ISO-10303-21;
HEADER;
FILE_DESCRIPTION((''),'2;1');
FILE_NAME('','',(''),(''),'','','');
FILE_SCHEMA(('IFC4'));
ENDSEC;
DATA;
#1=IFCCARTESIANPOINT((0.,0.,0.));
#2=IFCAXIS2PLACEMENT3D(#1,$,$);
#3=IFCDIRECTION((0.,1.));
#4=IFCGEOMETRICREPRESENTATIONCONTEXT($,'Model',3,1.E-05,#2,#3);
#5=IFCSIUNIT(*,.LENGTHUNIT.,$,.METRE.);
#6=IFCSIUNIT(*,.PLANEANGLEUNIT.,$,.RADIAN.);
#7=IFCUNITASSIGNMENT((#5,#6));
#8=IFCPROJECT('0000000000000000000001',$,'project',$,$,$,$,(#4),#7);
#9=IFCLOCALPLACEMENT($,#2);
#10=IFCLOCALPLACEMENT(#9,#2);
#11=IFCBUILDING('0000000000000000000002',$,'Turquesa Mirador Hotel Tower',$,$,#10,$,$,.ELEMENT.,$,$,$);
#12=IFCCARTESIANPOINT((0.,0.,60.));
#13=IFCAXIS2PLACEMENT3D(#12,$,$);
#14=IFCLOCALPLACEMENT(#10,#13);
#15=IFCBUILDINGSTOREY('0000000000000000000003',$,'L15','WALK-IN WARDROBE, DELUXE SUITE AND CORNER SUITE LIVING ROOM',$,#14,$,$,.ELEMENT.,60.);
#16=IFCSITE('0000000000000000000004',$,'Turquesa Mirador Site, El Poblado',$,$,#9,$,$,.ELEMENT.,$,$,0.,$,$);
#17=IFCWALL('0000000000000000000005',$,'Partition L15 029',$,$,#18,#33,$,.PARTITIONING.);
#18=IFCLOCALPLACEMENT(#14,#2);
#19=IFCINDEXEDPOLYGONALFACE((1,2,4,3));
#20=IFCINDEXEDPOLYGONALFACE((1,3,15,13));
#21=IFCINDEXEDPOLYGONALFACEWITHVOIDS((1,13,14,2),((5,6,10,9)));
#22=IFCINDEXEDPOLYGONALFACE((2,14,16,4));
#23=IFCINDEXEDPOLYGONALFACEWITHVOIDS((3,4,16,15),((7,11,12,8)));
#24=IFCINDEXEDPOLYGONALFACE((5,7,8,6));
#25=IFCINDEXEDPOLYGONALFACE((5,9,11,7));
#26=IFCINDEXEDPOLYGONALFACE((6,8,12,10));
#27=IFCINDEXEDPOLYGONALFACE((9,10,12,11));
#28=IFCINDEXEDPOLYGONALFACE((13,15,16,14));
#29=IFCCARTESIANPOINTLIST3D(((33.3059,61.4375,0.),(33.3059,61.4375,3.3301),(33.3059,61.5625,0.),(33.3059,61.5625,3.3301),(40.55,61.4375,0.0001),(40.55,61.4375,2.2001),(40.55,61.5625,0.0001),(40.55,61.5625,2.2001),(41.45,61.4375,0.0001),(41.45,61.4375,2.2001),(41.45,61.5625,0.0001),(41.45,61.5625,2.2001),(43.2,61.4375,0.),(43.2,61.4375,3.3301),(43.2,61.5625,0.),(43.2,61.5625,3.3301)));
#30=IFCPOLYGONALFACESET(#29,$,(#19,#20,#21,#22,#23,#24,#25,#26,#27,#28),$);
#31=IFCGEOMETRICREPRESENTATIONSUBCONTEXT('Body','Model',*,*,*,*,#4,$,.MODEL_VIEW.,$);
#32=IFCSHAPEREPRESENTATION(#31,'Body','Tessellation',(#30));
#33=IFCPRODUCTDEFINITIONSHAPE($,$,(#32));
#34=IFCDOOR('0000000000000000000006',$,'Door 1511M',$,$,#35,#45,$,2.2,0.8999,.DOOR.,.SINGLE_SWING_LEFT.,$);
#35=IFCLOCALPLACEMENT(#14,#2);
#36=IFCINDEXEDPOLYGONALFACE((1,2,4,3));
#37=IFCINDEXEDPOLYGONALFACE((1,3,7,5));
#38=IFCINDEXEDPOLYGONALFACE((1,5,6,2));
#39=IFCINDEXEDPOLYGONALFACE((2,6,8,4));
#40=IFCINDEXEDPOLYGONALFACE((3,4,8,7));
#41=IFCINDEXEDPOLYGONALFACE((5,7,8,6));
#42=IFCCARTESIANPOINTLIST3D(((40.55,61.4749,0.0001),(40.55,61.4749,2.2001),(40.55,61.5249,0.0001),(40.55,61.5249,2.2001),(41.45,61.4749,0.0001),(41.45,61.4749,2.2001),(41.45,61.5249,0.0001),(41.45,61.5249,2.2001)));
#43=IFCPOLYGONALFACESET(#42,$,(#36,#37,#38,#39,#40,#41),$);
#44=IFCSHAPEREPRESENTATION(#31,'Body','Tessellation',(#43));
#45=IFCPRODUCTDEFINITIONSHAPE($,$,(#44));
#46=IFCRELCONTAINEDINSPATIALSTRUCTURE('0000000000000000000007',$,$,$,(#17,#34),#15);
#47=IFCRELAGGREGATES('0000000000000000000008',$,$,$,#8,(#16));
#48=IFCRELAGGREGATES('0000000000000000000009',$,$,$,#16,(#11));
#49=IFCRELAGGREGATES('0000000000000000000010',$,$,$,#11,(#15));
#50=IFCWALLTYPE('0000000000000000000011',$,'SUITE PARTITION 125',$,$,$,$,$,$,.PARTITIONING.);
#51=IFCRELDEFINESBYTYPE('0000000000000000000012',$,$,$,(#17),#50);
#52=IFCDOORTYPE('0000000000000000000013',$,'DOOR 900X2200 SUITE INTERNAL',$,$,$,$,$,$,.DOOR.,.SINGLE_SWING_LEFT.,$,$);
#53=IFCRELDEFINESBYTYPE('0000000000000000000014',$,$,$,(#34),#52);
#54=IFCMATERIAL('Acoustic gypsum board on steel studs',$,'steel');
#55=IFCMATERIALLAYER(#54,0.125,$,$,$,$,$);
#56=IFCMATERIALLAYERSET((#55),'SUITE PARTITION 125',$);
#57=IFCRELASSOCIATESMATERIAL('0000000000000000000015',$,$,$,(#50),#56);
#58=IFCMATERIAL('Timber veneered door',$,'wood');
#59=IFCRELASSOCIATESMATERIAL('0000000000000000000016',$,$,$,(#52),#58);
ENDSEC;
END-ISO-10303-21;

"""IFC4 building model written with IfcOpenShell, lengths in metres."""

from ifc_helpers import new_model, si_unit, direction, frame, frame_2d, origin, place, context, subcontext, project, spatial, rectangle, extrude, material, layer, layer_set, type_object, element, fill, save


model = new_model("IFC4")

# Units and contexts
model_context = context("Model", 3, precision=1e-05, world=origin(), true_north=direction((0.0, 1.0)))
body_context = subcontext(model_context, "Body", "Model", "MODEL_VIEW")
ifc_project = project(units=[si_unit("LENGTHUNIT", "METRE"), si_unit("PLANEANGLEUNIT", "RADIAN")], contexts=[model_context])

# Site, building, storey
site_placement = place(None, origin())
site = spatial("IfcSite", under=ifc_project, at=site_placement, Name="Turquesa Mirador Site, El Poblado", CompositionType="ELEMENT", RefElevation=0.0)
building_placement = place(site_placement, origin())
building = spatial("IfcBuilding", under=site, at=building_placement, Name="Turquesa Mirador Hotel Tower", CompositionType="ELEMENT")
storey_placement = place(building_placement, frame((0.0, 0.0, 60.0)))
storey = spatial("IfcBuildingStorey", under=building, at=storey_placement, Name="L15", Description="WALK-IN WARDROBE, DELUXE SUITE AND CORNER SUITE LIVING ROOM", CompositionType="ELEMENT", Elevation=60.0)

# Wall, opening, door
ifc_material_1 = material(Name="Acoustic gypsum board on steel studs", Category="steel")
ifc_layer_1 = layer(ifc_material_1, 0.125)
ifc_layer_set_1 = layer_set([ifc_layer_1], Name="SUITE PARTITION 125")
wall_type_1 = type_object("IfcWallType", Name="SUITE PARTITION 125", PredefinedType="PARTITIONING", material=ifc_layer_set_1)
ifc_material_2 = material(Name="Timber veneered door", Category="wood")
door_type = type_object("IfcDoorType", Name="DOOR 900X2200 SUITE INTERNAL", OperationType="SINGLE_SWING_LEFT", PredefinedType="DOOR", material=ifc_material_2)
wall_1_placement = place(storey_placement, frame((33.3059, 61.5, 0.0), z_axis=(0.0, 0.0, 1.0), x_axis=(1.0, 0.0, 0.0)))
wall_1 = element("IfcWall", 1, at=wall_1_placement, inside=storey, type_object=wall_type_1, Name="Partition L15 029", PredefinedType="PARTITIONING", context=body_context, shape_type="SweptSolid", body=[
    extrude(rectangle(XDim=9.894, YDim=0.125, at=frame_2d((4.947, 0.0))), origin(), (0.0, 0.0, 1.0), 3.3301),
])
opening_1_placement = place(wall_1_placement, frame((7.2441, 0.0, 0.0)))
opening_1 = element("IfcOpeningElement", 2, at=opening_1_placement, cuts=wall_1, PredefinedType="OPENING", context=body_context, shape_type="SweptSolid", body=[
    extrude(rectangle(XDim=0.8999, YDim=2.2, at=frame_2d((0.45, 1.1001))), frame((0.0, 0.0725, 0.0), z_axis=(0.0, -1.0, 0.0), x_axis=(1.0, 0.0, 0.0)), (0.0, 0.0, 1.0), 0.145),
])
door_1_placement = place(opening_1_placement, origin())
door_1 = element("IfcDoor", 3, at=door_1_placement, inside=storey, type_object=door_type, Name="Door 1511M", OperationType="SINGLE_SWING_LEFT", OverallHeight=2.2, OverallWidth=0.8999, PredefinedType="DOOR", context=body_context, shape_type="SweptSolid", body=[
    extrude(rectangle(XDim=0.8999, YDim=2.2, at=frame_2d((0.45, 1.1001))), frame((0.0, 0.0249, 0.0), z_axis=(0.0, -1.0, 0.0), x_axis=(1.0, 0.0, 0.0)), (0.0, 0.0, 1.0), 0.05),
])
fill(opening_1, door_1)

save(model, "model.ifc")
